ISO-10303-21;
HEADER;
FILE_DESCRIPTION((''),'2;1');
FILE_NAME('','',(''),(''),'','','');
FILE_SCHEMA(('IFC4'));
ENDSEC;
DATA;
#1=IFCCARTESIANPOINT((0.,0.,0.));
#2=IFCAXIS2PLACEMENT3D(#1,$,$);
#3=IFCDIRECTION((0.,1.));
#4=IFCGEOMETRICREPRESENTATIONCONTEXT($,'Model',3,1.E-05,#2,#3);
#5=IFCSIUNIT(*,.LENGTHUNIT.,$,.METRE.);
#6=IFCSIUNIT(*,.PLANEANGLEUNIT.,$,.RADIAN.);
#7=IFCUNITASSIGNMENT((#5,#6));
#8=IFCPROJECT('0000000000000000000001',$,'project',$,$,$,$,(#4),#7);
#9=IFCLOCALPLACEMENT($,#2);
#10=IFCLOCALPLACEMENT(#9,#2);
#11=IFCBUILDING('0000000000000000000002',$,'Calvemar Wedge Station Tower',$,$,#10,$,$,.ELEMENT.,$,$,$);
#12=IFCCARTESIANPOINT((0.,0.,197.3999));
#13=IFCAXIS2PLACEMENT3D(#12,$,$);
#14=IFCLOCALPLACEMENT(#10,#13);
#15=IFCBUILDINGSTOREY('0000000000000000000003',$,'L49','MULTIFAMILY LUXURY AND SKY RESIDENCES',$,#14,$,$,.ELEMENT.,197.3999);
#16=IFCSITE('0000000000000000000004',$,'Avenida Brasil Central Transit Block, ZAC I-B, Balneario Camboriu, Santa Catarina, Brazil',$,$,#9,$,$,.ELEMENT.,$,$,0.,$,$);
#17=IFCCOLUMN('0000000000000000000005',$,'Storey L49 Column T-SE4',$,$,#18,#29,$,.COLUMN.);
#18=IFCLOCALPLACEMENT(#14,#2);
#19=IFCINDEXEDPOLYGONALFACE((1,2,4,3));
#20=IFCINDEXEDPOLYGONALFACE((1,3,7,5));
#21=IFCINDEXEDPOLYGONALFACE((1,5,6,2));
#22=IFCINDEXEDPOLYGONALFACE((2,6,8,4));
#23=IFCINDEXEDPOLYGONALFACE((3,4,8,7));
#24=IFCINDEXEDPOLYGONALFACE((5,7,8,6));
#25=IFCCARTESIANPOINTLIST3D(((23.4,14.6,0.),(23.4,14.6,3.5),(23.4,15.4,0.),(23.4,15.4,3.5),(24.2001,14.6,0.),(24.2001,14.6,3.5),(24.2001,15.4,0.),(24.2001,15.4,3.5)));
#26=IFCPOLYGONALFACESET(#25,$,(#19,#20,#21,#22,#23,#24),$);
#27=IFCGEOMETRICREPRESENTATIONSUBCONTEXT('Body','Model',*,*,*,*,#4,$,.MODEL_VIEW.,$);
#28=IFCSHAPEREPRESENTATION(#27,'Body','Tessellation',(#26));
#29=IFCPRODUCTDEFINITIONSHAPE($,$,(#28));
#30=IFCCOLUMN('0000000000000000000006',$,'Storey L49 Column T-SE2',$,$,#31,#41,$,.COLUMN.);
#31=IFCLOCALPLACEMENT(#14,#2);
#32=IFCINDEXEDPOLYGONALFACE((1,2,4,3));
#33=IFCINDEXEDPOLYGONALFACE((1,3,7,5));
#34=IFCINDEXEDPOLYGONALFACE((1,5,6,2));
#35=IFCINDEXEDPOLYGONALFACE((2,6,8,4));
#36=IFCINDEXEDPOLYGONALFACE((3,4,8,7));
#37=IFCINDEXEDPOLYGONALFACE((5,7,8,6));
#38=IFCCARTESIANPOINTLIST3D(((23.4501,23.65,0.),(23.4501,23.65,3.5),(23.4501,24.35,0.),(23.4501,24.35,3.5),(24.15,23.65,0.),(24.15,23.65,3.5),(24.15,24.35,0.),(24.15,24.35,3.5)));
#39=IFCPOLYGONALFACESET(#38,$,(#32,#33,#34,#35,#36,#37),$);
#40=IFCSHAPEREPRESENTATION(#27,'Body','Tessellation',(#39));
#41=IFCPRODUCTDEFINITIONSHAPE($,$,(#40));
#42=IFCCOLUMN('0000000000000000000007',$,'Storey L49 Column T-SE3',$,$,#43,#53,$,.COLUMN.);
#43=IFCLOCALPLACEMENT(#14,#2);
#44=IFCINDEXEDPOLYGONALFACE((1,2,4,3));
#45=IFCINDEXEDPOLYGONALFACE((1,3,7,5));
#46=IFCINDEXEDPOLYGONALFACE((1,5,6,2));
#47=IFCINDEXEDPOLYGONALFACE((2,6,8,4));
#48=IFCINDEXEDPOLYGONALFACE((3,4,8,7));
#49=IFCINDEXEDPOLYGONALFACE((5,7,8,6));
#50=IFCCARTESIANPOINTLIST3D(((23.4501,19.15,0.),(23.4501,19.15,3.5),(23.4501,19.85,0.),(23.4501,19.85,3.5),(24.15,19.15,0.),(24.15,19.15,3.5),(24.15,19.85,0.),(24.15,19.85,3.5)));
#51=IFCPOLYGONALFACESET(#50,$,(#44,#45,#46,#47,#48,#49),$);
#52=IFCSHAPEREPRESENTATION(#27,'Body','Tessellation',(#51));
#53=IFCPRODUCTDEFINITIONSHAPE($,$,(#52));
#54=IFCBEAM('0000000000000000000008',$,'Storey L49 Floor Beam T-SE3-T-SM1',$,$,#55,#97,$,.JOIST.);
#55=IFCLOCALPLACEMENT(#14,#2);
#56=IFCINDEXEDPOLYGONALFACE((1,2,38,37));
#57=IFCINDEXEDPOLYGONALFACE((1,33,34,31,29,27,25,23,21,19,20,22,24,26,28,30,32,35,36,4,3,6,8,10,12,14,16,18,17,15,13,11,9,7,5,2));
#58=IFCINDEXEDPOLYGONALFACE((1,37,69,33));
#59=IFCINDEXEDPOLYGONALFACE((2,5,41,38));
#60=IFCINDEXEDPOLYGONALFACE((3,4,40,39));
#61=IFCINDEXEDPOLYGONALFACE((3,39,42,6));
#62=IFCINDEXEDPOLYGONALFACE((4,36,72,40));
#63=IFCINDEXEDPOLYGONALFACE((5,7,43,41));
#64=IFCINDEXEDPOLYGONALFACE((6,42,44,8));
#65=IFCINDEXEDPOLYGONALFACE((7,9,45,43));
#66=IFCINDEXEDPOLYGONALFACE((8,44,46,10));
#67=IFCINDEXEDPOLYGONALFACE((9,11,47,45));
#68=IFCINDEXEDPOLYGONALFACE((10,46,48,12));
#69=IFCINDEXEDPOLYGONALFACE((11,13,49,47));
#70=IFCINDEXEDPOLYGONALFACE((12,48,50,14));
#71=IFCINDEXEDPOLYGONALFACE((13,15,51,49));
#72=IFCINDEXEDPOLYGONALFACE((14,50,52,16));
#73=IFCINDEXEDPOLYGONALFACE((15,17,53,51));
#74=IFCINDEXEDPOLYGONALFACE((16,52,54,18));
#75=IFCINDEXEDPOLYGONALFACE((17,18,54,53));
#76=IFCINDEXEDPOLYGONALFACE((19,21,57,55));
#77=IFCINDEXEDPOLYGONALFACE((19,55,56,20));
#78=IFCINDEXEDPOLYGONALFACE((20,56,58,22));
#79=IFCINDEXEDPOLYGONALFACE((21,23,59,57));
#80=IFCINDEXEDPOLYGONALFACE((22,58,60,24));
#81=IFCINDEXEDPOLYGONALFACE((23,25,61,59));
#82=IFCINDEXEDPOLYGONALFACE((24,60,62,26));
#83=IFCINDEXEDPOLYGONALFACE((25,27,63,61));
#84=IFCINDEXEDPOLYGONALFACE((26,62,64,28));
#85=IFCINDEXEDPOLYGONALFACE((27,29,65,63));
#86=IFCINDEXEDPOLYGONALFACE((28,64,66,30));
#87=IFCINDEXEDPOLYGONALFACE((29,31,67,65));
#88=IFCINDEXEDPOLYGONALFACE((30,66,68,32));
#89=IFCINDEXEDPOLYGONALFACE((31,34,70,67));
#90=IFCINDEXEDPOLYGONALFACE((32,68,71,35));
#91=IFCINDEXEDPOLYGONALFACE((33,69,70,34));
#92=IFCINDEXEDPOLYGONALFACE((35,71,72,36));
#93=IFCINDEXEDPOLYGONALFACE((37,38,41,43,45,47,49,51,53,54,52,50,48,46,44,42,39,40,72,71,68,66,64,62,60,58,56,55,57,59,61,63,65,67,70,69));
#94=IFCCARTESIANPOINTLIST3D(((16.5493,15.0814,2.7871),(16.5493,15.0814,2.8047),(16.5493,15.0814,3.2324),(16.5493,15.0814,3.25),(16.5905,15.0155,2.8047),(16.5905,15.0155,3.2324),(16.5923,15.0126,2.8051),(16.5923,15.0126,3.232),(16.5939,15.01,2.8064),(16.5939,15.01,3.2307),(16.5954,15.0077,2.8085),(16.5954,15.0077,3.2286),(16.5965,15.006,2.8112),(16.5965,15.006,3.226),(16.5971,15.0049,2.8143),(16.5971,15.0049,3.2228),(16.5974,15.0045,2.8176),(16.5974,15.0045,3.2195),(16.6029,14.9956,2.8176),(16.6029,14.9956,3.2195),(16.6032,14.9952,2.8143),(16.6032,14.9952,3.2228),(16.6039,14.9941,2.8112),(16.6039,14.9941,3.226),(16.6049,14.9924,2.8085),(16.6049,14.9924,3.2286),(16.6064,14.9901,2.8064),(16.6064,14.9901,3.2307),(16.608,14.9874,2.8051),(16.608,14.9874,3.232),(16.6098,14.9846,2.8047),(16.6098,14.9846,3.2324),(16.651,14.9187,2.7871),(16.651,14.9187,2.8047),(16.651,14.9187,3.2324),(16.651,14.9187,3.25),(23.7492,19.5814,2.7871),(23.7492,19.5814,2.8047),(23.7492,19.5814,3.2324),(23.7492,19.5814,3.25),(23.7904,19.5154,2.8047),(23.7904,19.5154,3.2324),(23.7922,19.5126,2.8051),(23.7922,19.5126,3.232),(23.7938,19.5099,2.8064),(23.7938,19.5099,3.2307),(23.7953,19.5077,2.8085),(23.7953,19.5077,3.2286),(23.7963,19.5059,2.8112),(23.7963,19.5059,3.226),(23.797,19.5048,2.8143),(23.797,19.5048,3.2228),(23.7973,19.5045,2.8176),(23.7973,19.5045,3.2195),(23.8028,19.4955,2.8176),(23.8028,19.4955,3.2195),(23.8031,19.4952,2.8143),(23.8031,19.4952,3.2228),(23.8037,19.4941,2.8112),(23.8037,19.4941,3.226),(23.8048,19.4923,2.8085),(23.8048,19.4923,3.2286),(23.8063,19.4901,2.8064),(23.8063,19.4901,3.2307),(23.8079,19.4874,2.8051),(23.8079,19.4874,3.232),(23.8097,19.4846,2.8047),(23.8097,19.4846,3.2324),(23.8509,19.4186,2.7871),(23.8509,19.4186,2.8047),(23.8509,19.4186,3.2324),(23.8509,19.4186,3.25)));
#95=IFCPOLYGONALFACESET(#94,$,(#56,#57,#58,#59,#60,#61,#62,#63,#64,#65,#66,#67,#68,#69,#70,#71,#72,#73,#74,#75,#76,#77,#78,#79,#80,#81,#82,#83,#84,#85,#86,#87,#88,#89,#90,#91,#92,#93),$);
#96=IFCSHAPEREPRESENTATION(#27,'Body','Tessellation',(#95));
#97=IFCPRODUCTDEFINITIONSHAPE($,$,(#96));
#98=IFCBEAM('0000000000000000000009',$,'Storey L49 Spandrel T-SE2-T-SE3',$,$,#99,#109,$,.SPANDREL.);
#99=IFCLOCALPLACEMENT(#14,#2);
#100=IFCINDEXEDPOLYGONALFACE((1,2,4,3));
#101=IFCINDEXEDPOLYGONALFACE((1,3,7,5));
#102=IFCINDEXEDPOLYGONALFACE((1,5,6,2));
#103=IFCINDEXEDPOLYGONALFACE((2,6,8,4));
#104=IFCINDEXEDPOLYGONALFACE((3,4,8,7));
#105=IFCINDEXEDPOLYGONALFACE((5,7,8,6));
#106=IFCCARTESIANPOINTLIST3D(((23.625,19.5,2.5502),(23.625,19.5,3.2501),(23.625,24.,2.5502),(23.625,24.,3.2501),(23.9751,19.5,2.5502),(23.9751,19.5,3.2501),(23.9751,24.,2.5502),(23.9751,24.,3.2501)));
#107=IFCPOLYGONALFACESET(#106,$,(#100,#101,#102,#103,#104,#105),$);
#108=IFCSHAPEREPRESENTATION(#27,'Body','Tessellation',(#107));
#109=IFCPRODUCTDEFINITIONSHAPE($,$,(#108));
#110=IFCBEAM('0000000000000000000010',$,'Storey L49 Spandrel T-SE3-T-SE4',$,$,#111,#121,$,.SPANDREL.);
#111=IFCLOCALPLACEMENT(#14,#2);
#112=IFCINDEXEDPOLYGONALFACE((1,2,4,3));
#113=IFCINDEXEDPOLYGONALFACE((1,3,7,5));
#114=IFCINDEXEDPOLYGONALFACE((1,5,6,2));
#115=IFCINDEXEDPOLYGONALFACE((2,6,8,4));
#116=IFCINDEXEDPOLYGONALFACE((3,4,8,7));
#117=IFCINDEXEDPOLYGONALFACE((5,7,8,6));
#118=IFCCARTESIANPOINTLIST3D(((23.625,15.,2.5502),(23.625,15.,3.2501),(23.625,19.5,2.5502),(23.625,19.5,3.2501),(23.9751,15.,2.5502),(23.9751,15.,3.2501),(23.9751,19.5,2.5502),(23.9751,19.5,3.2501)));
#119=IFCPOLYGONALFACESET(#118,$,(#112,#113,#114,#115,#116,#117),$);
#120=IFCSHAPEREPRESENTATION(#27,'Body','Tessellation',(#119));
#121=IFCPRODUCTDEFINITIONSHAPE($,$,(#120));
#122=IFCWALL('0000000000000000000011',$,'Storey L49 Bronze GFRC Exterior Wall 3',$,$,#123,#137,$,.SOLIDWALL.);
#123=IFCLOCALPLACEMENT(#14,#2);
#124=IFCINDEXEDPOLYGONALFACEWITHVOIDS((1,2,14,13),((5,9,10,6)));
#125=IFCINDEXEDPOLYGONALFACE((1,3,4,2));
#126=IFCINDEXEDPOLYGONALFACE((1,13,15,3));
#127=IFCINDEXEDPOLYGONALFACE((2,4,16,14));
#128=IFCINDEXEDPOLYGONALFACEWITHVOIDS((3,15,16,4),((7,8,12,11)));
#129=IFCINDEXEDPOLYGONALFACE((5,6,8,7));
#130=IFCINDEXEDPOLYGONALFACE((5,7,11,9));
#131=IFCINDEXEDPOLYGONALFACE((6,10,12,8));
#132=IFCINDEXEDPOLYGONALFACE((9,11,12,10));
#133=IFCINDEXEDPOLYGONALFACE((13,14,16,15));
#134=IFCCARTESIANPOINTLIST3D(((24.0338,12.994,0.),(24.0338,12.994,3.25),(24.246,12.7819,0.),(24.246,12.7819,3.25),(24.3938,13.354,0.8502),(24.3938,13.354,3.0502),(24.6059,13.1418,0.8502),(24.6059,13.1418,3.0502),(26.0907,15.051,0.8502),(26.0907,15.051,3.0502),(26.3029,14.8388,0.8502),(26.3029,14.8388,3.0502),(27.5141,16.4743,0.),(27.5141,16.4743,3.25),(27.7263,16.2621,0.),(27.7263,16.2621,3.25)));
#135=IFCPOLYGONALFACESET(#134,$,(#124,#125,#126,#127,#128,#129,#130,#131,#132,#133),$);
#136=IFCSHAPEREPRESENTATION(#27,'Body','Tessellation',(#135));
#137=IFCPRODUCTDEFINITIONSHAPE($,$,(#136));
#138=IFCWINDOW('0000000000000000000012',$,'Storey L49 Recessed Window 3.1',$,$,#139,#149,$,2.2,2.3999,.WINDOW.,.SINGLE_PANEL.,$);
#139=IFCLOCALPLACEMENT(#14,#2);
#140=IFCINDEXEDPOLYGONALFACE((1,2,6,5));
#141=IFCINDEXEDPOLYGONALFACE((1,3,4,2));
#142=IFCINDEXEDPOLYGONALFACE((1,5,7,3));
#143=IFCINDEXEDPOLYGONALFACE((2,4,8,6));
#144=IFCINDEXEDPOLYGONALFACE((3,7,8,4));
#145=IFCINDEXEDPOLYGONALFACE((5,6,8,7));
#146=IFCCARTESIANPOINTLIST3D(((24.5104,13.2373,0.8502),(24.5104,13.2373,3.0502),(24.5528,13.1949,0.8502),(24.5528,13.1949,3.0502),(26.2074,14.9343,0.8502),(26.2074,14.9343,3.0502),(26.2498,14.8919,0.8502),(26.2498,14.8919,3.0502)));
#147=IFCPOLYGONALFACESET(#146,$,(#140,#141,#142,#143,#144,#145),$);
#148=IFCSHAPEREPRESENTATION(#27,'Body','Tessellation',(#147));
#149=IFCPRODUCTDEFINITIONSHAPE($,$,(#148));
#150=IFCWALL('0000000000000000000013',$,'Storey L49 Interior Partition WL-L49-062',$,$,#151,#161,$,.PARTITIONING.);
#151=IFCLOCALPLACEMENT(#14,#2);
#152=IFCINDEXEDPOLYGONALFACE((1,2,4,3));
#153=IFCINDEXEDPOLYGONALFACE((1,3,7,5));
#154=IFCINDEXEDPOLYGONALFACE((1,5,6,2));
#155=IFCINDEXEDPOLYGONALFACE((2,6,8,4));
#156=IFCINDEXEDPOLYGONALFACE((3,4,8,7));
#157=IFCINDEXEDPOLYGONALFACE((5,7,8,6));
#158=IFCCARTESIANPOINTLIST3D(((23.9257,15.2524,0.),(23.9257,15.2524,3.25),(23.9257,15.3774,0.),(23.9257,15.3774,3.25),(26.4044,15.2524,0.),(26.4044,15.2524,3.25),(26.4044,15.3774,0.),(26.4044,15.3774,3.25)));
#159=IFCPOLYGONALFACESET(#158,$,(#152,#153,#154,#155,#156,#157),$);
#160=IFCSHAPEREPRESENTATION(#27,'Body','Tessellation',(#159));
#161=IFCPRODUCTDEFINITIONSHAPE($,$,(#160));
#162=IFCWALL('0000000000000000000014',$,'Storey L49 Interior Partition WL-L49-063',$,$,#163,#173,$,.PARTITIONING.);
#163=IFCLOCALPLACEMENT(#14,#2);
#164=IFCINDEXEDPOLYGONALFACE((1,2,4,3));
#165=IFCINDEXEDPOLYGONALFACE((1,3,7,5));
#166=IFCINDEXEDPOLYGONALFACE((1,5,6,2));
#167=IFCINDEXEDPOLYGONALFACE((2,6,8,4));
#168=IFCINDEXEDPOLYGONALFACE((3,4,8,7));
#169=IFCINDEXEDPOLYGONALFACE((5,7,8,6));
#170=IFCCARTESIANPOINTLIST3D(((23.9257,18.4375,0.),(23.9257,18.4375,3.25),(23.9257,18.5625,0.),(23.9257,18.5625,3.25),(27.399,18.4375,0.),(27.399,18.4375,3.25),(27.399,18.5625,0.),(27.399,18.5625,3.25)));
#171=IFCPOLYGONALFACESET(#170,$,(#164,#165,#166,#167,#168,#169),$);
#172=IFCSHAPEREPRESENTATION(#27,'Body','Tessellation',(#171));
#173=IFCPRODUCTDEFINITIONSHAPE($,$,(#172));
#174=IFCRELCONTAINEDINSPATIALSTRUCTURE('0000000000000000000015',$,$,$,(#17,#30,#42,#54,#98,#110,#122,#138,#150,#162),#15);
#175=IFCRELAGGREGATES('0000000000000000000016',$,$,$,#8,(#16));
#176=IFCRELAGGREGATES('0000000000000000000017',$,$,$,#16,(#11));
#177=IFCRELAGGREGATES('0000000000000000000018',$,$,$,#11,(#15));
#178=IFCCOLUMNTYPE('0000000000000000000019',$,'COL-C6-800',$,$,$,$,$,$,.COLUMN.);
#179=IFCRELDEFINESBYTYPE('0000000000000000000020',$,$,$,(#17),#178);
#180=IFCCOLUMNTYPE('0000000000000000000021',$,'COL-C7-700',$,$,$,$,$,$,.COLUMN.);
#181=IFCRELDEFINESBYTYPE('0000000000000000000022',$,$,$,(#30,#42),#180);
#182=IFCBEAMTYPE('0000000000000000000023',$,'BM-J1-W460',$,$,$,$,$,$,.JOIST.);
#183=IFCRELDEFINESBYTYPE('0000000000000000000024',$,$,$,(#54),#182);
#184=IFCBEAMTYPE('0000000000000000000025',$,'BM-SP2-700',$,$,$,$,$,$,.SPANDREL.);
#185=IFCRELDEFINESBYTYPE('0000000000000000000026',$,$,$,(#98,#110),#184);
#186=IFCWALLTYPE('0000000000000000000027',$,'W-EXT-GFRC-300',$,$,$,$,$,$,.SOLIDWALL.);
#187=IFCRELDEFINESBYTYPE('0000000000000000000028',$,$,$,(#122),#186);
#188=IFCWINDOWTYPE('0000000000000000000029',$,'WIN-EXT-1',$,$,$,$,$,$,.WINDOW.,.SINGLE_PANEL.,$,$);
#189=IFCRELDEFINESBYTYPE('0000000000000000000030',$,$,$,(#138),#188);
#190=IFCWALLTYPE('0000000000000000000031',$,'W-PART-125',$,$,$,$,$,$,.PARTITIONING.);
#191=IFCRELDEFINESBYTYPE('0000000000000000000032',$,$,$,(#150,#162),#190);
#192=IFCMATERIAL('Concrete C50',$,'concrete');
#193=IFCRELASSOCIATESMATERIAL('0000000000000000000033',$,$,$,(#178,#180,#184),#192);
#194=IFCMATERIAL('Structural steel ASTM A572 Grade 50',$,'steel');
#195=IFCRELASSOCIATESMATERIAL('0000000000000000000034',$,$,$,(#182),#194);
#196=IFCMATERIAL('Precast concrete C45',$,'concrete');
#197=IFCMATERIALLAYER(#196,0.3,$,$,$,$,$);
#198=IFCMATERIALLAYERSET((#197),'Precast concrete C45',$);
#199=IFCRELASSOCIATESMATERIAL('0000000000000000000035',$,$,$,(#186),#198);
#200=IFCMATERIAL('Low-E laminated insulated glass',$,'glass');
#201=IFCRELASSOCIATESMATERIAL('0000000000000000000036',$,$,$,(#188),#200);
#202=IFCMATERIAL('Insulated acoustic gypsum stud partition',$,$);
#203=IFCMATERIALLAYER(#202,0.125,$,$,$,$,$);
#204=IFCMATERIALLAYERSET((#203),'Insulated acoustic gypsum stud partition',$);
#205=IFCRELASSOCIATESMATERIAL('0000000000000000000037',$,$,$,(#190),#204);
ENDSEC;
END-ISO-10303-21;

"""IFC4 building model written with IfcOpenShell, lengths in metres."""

from ifc_helpers import new_model, si_unit, direction, frame, frame_2d, origin, origin_2d, place, context, subcontext, project, spatial, rectangle, i_section, extrude, source, transform, mapped, material, layer, layer_set, material_profile, profile_set, type_object, element, fill, save


model = new_model("IFC4")

# Units and contexts
model_context = context("Model", 3, precision=1e-05, world=origin(), true_north=direction((0.0, 1.0)))
body_context = subcontext(model_context, "Body", "Model", "MODEL_VIEW")
ifc_project = project(units=[si_unit("LENGTHUNIT", "METRE"), si_unit("PLANEANGLEUNIT", "RADIAN")], contexts=[model_context])

# Site, building, storey
site_placement = place(None, origin())
site = spatial("IfcSite", under=ifc_project, at=site_placement, Name="Avenida Brasil Central Transit Block, ZAC I-B, Balneario Camboriu, Santa Catarina, Brazil", CompositionType="ELEMENT", RefElevation=0.0)
building_placement = place(site_placement, origin())
building = spatial("IfcBuilding", under=site, at=building_placement, Name="Calvemar Wedge Station Tower", CompositionType="ELEMENT")
storey_placement = place(building_placement, frame((0.0, 0.0, 197.3999)))
storey = spatial("IfcBuildingStorey", under=building, at=storey_placement, Name="L49", Description="MULTIFAMILY LUXURY AND SKY RESIDENCES", CompositionType="ELEMENT", Elevation=197.3999)

# Columns
ifc_material_1 = material(Name="Concrete C50", Category="concrete")
ifc_material_profile_1 = material_profile(ifc_material_1, rectangle(XDim=0.8, YDim=0.8, at=origin_2d()), Name="RC800x800")
ifc_profile_set_1 = profile_set([ifc_material_profile_1], Name="Concrete C50")
column_type_1 = type_object("IfcColumnType", Name="COL-C6-800", PredefinedType="COLUMN", material=ifc_profile_set_1)
shared_shape_1 = source(origin(), body_context, "Body", "SweptSolid", [
    extrude(rectangle(XDim=0.8, YDim=0.8, at=origin_2d()), origin(), (0.0, 0.0, 1.0), 3.5),
])
column_placement = place(storey_placement, frame((23.8, 15.0, 0.0), z_axis=(0.0, 0.0, 1.0), x_axis=(1.0, 0.0, 0.0)))
element("IfcColumn", 1, at=column_placement, inside=storey, type_object=column_type_1, Name="Storey L49 Column T-SE4", PredefinedType="COLUMN", context=body_context, shape_type="MappedRepresentation", body=[
    mapped(shared_shape_1, transform((0.0, 0.0, 0.0), scale=1.0)),
])
ifc_material_profile_2 = material_profile(ifc_material_1, rectangle(XDim=0.7, YDim=0.7, at=origin_2d()), Name="RC700x700")
ifc_profile_set_2 = profile_set([ifc_material_profile_2], Name="Concrete C50")
column_type_2 = type_object("IfcColumnType", Name="COL-C7-700", PredefinedType="COLUMN", material=ifc_profile_set_2)
shared_shape_2 = source(origin(), body_context, "Body", "SweptSolid", [
    extrude(rectangle(XDim=0.7, YDim=0.7, at=origin_2d()), origin(), (0.0, 0.0, 1.0), 3.5),
])
for number, where, z_axis, x_axis, name in (
    (2, (23.8, 24.0, 0.0), (0.0, 0.0, 1.0), (1.0, 0.0, 0.0), "Storey L49 Column T-SE2"),
    (3, (23.8, 19.5, 0.0), (0.0, 0.0, 1.0), (1.0, 0.0, 0.0), "Storey L49 Column T-SE3"),
):
    element("IfcColumn", number, at=place(storey_placement, frame(where, z_axis=z_axis, x_axis=x_axis)), inside=storey, type_object=column_type_2, Name=name, PredefinedType="COLUMN", context=body_context, shape_type="MappedRepresentation", body=[
        mapped(shared_shape_2, transform((0.0, 0.0, 0.0), scale=1.0)),
    ])

# Beams
ifc_material_2 = material(Name="Structural steel ASTM A572 Grade 50", Category="steel")
ifc_material_profile_3 = material_profile(ifc_material_2, i_section(OverallWidth=0.1919, OverallDepth=0.4629, WebThickness=0.0105, FlangeThickness=0.0176, FilletRadius=0.0129, at=origin_2d()), Name="W460x89")
ifc_profile_set_3 = profile_set([ifc_material_profile_3], Name="Structural steel ASTM A572 Grade 50")
beam_type_1 = type_object("IfcBeamType", Name="BM-J1-W460", PredefinedType="JOIST", material=ifc_profile_set_3)
shared_shape_3 = source(origin(), body_context, "Body", "SweptSolid", [
    extrude(i_section(OverallWidth=0.1919, OverallDepth=0.4629, WebThickness=0.0105, FlangeThickness=0.0176, FilletRadius=0.0129, at=origin_2d()), origin(), (0.0, 0.0, 1.0), 8.4905),
])
beam_placement = place(storey_placement, frame((23.8, 19.5, 3.0186), z_axis=(-0.847997, -0.530002, 0.0), x_axis=(0.530002, -0.847997, 0.0)))
element("IfcBeam", 4, at=beam_placement, inside=storey, type_object=beam_type_1, Name="Storey L49 Floor Beam T-SE3-T-SM1", PredefinedType="JOIST", context=body_context, shape_type="MappedRepresentation", body=[
    mapped(shared_shape_3, transform((0.0, 0.0, 0.0), scale=1.0)),
])
ifc_material_profile_4 = material_profile(ifc_material_1, rectangle(XDim=0.3501, YDim=0.7, at=origin_2d()), Name="RC350x700")
ifc_profile_set_4 = profile_set([ifc_material_profile_4], Name="Concrete C50")
beam_type_2 = type_object("IfcBeamType", Name="BM-SP2-700", PredefinedType="SPANDREL", material=ifc_profile_set_4)
shared_shape_4 = source(origin(), body_context, "Body", "SweptSolid", [
    extrude(rectangle(XDim=0.3501, YDim=0.7, at=origin_2d()), origin(), (0.0, 0.0, 1.0), 4.5),
])
for number, where, z_axis, x_axis, name in (
    (5, (23.8, 24.0, 2.9001), (0.0, -1.0, 0.0), (1.0, 0.0, 0.0), "Storey L49 Spandrel T-SE2-T-SE3"),
    (6, (23.8, 19.5, 2.9001), (0.0, -1.0, 0.0), (1.0, 0.0, 0.0), "Storey L49 Spandrel T-SE3-T-SE4"),
):
    element("IfcBeam", number, at=place(storey_placement, frame(where, z_axis=z_axis, x_axis=x_axis)), inside=storey, type_object=beam_type_2, Name=name, PredefinedType="SPANDREL", context=body_context, shape_type="MappedRepresentation", body=[
        mapped(shared_shape_4, transform((0.0, 0.0, 0.0), scale=1.0)),
    ])

# Wall, opening, window
ifc_material_3 = material(Name="Precast concrete C45", Category="concrete")
ifc_layer_1 = layer(ifc_material_3, 0.3)
ifc_layer_set_1 = layer_set([ifc_layer_1], Name="Precast concrete C45")
wall_type_1 = type_object("IfcWallType", Name="W-EXT-GFRC-300", PredefinedType="SOLIDWALL", material=ifc_layer_set_1)
wall_1_placement = place(storey_placement, frame((24.1399, 12.8879, 0.0), z_axis=(0.0, 0.0, 1.0), x_axis=(0.707107, 0.707107, 0.0)))
wall_1 = element("IfcWall", 7, at=wall_1_placement, inside=storey, type_object=wall_type_1, Name="Storey L49 Bronze GFRC Exterior Wall 3", PredefinedType="SOLIDWALL", context=body_context, shape_type="SweptSolid", body=[
    extrude(rectangle(XDim=4.9219, YDim=0.3, at=frame_2d((2.4609, 0.0))), origin(), (0.0, 0.0, 1.0), 3.25),
])
shared_shape_5 = source(origin(), body_context, "Body", "SweptSolid", [
    extrude(rectangle(XDim=2.3999, YDim=2.2, at=frame_2d((1.2, 1.1001))), frame((0.0, 0.1602, 0.0), z_axis=(0.0, -1.0, 0.0), x_axis=(1.0, 0.0, 0.0)), (0.0, 0.0, 1.0), 0.3201),
])
opening_1_placement = place(wall_1_placement, frame((0.509, 0.0, 0.8501)))
opening_1 = element("IfcOpeningElement", 8, at=opening_1_placement, cuts=wall_1, PredefinedType="OPENING", context=body_context, shape_type="MappedRepresentation", body=[
    mapped(shared_shape_5, transform((0.0, 0.0, 0.0), scale=1.0)),
])
ifc_material_4 = material(Name="Low-E laminated insulated glass", Category="glass")
window_type_1 = type_object("IfcWindowType", Name="WIN-EXT-1", PartitioningType="SINGLE_PANEL", PredefinedType="WINDOW", material=ifc_material_4)
shared_shape_6 = source(origin(), body_context, "Body", "SweptSolid", [
    extrude(rectangle(XDim=2.3999, YDim=2.2, at=frame_2d((1.2, 1.1001))), frame((0.0, -0.0149, 0.0), z_axis=(0.0, -1.0, 0.0), x_axis=(1.0, 0.0, 0.0)), (0.0, 0.0, 1.0), 0.0601),
])
window_1_placement = place(opening_1_placement, origin())
window_1 = element("IfcWindow", 9, at=window_1_placement, inside=storey, type_object=window_type_1, Name="Storey L49 Recessed Window 3.1", OverallHeight=2.2, OverallWidth=2.3999, PartitioningType="SINGLE_PANEL", PredefinedType="WINDOW", context=body_context, shape_type="MappedRepresentation", body=[
    mapped(shared_shape_6, transform((0.0, 0.0, 0.0), scale=1.0)),
])
fill(opening_1, window_1)

# Shared definitions
ifc_material_5 = material(Name="Insulated acoustic gypsum stud partition")
ifc_layer_2 = layer(ifc_material_5, 0.125)
ifc_layer_set_2 = layer_set([ifc_layer_2], Name="Insulated acoustic gypsum stud partition")
wall_type_2 = type_object("IfcWallType", Name="W-PART-125", PredefinedType="PARTITIONING", material=ifc_layer_set_2)

# Walls
wall_2_placement = place(storey_placement, frame((26.4043, 15.3149, 0.0), z_axis=(0.0, 0.0, 1.0), x_axis=(-1.0, 0.0, 0.0)))
element("IfcWall", 10, at=wall_2_placement, inside=storey, type_object=wall_type_2, Name="Storey L49 Interior Partition WL-L49-062", PredefinedType="PARTITIONING", context=body_context, shape_type="SweptSolid", body=[
    extrude(rectangle(XDim=2.4788, YDim=0.125, at=frame_2d((1.2393, 0.0))), origin(), (0.0, 0.0, 1.0), 3.25),
])
wall_3_placement = place(storey_placement, frame((23.9255, 18.5, 0.0), z_axis=(0.0, 0.0, 1.0), x_axis=(1.0, 0.0, 0.0)))
element("IfcWall", 11, at=wall_3_placement, inside=storey, type_object=wall_type_2, Name="Storey L49 Interior Partition WL-L49-063", PredefinedType="PARTITIONING", context=body_context, shape_type="SweptSolid", body=[
    extrude(rectangle(XDim=3.4734, YDim=0.125, at=frame_2d((1.7368, 0.0))), origin(), (0.0, 0.0, 1.0), 3.25),
])

save(model, "model.ifc")
